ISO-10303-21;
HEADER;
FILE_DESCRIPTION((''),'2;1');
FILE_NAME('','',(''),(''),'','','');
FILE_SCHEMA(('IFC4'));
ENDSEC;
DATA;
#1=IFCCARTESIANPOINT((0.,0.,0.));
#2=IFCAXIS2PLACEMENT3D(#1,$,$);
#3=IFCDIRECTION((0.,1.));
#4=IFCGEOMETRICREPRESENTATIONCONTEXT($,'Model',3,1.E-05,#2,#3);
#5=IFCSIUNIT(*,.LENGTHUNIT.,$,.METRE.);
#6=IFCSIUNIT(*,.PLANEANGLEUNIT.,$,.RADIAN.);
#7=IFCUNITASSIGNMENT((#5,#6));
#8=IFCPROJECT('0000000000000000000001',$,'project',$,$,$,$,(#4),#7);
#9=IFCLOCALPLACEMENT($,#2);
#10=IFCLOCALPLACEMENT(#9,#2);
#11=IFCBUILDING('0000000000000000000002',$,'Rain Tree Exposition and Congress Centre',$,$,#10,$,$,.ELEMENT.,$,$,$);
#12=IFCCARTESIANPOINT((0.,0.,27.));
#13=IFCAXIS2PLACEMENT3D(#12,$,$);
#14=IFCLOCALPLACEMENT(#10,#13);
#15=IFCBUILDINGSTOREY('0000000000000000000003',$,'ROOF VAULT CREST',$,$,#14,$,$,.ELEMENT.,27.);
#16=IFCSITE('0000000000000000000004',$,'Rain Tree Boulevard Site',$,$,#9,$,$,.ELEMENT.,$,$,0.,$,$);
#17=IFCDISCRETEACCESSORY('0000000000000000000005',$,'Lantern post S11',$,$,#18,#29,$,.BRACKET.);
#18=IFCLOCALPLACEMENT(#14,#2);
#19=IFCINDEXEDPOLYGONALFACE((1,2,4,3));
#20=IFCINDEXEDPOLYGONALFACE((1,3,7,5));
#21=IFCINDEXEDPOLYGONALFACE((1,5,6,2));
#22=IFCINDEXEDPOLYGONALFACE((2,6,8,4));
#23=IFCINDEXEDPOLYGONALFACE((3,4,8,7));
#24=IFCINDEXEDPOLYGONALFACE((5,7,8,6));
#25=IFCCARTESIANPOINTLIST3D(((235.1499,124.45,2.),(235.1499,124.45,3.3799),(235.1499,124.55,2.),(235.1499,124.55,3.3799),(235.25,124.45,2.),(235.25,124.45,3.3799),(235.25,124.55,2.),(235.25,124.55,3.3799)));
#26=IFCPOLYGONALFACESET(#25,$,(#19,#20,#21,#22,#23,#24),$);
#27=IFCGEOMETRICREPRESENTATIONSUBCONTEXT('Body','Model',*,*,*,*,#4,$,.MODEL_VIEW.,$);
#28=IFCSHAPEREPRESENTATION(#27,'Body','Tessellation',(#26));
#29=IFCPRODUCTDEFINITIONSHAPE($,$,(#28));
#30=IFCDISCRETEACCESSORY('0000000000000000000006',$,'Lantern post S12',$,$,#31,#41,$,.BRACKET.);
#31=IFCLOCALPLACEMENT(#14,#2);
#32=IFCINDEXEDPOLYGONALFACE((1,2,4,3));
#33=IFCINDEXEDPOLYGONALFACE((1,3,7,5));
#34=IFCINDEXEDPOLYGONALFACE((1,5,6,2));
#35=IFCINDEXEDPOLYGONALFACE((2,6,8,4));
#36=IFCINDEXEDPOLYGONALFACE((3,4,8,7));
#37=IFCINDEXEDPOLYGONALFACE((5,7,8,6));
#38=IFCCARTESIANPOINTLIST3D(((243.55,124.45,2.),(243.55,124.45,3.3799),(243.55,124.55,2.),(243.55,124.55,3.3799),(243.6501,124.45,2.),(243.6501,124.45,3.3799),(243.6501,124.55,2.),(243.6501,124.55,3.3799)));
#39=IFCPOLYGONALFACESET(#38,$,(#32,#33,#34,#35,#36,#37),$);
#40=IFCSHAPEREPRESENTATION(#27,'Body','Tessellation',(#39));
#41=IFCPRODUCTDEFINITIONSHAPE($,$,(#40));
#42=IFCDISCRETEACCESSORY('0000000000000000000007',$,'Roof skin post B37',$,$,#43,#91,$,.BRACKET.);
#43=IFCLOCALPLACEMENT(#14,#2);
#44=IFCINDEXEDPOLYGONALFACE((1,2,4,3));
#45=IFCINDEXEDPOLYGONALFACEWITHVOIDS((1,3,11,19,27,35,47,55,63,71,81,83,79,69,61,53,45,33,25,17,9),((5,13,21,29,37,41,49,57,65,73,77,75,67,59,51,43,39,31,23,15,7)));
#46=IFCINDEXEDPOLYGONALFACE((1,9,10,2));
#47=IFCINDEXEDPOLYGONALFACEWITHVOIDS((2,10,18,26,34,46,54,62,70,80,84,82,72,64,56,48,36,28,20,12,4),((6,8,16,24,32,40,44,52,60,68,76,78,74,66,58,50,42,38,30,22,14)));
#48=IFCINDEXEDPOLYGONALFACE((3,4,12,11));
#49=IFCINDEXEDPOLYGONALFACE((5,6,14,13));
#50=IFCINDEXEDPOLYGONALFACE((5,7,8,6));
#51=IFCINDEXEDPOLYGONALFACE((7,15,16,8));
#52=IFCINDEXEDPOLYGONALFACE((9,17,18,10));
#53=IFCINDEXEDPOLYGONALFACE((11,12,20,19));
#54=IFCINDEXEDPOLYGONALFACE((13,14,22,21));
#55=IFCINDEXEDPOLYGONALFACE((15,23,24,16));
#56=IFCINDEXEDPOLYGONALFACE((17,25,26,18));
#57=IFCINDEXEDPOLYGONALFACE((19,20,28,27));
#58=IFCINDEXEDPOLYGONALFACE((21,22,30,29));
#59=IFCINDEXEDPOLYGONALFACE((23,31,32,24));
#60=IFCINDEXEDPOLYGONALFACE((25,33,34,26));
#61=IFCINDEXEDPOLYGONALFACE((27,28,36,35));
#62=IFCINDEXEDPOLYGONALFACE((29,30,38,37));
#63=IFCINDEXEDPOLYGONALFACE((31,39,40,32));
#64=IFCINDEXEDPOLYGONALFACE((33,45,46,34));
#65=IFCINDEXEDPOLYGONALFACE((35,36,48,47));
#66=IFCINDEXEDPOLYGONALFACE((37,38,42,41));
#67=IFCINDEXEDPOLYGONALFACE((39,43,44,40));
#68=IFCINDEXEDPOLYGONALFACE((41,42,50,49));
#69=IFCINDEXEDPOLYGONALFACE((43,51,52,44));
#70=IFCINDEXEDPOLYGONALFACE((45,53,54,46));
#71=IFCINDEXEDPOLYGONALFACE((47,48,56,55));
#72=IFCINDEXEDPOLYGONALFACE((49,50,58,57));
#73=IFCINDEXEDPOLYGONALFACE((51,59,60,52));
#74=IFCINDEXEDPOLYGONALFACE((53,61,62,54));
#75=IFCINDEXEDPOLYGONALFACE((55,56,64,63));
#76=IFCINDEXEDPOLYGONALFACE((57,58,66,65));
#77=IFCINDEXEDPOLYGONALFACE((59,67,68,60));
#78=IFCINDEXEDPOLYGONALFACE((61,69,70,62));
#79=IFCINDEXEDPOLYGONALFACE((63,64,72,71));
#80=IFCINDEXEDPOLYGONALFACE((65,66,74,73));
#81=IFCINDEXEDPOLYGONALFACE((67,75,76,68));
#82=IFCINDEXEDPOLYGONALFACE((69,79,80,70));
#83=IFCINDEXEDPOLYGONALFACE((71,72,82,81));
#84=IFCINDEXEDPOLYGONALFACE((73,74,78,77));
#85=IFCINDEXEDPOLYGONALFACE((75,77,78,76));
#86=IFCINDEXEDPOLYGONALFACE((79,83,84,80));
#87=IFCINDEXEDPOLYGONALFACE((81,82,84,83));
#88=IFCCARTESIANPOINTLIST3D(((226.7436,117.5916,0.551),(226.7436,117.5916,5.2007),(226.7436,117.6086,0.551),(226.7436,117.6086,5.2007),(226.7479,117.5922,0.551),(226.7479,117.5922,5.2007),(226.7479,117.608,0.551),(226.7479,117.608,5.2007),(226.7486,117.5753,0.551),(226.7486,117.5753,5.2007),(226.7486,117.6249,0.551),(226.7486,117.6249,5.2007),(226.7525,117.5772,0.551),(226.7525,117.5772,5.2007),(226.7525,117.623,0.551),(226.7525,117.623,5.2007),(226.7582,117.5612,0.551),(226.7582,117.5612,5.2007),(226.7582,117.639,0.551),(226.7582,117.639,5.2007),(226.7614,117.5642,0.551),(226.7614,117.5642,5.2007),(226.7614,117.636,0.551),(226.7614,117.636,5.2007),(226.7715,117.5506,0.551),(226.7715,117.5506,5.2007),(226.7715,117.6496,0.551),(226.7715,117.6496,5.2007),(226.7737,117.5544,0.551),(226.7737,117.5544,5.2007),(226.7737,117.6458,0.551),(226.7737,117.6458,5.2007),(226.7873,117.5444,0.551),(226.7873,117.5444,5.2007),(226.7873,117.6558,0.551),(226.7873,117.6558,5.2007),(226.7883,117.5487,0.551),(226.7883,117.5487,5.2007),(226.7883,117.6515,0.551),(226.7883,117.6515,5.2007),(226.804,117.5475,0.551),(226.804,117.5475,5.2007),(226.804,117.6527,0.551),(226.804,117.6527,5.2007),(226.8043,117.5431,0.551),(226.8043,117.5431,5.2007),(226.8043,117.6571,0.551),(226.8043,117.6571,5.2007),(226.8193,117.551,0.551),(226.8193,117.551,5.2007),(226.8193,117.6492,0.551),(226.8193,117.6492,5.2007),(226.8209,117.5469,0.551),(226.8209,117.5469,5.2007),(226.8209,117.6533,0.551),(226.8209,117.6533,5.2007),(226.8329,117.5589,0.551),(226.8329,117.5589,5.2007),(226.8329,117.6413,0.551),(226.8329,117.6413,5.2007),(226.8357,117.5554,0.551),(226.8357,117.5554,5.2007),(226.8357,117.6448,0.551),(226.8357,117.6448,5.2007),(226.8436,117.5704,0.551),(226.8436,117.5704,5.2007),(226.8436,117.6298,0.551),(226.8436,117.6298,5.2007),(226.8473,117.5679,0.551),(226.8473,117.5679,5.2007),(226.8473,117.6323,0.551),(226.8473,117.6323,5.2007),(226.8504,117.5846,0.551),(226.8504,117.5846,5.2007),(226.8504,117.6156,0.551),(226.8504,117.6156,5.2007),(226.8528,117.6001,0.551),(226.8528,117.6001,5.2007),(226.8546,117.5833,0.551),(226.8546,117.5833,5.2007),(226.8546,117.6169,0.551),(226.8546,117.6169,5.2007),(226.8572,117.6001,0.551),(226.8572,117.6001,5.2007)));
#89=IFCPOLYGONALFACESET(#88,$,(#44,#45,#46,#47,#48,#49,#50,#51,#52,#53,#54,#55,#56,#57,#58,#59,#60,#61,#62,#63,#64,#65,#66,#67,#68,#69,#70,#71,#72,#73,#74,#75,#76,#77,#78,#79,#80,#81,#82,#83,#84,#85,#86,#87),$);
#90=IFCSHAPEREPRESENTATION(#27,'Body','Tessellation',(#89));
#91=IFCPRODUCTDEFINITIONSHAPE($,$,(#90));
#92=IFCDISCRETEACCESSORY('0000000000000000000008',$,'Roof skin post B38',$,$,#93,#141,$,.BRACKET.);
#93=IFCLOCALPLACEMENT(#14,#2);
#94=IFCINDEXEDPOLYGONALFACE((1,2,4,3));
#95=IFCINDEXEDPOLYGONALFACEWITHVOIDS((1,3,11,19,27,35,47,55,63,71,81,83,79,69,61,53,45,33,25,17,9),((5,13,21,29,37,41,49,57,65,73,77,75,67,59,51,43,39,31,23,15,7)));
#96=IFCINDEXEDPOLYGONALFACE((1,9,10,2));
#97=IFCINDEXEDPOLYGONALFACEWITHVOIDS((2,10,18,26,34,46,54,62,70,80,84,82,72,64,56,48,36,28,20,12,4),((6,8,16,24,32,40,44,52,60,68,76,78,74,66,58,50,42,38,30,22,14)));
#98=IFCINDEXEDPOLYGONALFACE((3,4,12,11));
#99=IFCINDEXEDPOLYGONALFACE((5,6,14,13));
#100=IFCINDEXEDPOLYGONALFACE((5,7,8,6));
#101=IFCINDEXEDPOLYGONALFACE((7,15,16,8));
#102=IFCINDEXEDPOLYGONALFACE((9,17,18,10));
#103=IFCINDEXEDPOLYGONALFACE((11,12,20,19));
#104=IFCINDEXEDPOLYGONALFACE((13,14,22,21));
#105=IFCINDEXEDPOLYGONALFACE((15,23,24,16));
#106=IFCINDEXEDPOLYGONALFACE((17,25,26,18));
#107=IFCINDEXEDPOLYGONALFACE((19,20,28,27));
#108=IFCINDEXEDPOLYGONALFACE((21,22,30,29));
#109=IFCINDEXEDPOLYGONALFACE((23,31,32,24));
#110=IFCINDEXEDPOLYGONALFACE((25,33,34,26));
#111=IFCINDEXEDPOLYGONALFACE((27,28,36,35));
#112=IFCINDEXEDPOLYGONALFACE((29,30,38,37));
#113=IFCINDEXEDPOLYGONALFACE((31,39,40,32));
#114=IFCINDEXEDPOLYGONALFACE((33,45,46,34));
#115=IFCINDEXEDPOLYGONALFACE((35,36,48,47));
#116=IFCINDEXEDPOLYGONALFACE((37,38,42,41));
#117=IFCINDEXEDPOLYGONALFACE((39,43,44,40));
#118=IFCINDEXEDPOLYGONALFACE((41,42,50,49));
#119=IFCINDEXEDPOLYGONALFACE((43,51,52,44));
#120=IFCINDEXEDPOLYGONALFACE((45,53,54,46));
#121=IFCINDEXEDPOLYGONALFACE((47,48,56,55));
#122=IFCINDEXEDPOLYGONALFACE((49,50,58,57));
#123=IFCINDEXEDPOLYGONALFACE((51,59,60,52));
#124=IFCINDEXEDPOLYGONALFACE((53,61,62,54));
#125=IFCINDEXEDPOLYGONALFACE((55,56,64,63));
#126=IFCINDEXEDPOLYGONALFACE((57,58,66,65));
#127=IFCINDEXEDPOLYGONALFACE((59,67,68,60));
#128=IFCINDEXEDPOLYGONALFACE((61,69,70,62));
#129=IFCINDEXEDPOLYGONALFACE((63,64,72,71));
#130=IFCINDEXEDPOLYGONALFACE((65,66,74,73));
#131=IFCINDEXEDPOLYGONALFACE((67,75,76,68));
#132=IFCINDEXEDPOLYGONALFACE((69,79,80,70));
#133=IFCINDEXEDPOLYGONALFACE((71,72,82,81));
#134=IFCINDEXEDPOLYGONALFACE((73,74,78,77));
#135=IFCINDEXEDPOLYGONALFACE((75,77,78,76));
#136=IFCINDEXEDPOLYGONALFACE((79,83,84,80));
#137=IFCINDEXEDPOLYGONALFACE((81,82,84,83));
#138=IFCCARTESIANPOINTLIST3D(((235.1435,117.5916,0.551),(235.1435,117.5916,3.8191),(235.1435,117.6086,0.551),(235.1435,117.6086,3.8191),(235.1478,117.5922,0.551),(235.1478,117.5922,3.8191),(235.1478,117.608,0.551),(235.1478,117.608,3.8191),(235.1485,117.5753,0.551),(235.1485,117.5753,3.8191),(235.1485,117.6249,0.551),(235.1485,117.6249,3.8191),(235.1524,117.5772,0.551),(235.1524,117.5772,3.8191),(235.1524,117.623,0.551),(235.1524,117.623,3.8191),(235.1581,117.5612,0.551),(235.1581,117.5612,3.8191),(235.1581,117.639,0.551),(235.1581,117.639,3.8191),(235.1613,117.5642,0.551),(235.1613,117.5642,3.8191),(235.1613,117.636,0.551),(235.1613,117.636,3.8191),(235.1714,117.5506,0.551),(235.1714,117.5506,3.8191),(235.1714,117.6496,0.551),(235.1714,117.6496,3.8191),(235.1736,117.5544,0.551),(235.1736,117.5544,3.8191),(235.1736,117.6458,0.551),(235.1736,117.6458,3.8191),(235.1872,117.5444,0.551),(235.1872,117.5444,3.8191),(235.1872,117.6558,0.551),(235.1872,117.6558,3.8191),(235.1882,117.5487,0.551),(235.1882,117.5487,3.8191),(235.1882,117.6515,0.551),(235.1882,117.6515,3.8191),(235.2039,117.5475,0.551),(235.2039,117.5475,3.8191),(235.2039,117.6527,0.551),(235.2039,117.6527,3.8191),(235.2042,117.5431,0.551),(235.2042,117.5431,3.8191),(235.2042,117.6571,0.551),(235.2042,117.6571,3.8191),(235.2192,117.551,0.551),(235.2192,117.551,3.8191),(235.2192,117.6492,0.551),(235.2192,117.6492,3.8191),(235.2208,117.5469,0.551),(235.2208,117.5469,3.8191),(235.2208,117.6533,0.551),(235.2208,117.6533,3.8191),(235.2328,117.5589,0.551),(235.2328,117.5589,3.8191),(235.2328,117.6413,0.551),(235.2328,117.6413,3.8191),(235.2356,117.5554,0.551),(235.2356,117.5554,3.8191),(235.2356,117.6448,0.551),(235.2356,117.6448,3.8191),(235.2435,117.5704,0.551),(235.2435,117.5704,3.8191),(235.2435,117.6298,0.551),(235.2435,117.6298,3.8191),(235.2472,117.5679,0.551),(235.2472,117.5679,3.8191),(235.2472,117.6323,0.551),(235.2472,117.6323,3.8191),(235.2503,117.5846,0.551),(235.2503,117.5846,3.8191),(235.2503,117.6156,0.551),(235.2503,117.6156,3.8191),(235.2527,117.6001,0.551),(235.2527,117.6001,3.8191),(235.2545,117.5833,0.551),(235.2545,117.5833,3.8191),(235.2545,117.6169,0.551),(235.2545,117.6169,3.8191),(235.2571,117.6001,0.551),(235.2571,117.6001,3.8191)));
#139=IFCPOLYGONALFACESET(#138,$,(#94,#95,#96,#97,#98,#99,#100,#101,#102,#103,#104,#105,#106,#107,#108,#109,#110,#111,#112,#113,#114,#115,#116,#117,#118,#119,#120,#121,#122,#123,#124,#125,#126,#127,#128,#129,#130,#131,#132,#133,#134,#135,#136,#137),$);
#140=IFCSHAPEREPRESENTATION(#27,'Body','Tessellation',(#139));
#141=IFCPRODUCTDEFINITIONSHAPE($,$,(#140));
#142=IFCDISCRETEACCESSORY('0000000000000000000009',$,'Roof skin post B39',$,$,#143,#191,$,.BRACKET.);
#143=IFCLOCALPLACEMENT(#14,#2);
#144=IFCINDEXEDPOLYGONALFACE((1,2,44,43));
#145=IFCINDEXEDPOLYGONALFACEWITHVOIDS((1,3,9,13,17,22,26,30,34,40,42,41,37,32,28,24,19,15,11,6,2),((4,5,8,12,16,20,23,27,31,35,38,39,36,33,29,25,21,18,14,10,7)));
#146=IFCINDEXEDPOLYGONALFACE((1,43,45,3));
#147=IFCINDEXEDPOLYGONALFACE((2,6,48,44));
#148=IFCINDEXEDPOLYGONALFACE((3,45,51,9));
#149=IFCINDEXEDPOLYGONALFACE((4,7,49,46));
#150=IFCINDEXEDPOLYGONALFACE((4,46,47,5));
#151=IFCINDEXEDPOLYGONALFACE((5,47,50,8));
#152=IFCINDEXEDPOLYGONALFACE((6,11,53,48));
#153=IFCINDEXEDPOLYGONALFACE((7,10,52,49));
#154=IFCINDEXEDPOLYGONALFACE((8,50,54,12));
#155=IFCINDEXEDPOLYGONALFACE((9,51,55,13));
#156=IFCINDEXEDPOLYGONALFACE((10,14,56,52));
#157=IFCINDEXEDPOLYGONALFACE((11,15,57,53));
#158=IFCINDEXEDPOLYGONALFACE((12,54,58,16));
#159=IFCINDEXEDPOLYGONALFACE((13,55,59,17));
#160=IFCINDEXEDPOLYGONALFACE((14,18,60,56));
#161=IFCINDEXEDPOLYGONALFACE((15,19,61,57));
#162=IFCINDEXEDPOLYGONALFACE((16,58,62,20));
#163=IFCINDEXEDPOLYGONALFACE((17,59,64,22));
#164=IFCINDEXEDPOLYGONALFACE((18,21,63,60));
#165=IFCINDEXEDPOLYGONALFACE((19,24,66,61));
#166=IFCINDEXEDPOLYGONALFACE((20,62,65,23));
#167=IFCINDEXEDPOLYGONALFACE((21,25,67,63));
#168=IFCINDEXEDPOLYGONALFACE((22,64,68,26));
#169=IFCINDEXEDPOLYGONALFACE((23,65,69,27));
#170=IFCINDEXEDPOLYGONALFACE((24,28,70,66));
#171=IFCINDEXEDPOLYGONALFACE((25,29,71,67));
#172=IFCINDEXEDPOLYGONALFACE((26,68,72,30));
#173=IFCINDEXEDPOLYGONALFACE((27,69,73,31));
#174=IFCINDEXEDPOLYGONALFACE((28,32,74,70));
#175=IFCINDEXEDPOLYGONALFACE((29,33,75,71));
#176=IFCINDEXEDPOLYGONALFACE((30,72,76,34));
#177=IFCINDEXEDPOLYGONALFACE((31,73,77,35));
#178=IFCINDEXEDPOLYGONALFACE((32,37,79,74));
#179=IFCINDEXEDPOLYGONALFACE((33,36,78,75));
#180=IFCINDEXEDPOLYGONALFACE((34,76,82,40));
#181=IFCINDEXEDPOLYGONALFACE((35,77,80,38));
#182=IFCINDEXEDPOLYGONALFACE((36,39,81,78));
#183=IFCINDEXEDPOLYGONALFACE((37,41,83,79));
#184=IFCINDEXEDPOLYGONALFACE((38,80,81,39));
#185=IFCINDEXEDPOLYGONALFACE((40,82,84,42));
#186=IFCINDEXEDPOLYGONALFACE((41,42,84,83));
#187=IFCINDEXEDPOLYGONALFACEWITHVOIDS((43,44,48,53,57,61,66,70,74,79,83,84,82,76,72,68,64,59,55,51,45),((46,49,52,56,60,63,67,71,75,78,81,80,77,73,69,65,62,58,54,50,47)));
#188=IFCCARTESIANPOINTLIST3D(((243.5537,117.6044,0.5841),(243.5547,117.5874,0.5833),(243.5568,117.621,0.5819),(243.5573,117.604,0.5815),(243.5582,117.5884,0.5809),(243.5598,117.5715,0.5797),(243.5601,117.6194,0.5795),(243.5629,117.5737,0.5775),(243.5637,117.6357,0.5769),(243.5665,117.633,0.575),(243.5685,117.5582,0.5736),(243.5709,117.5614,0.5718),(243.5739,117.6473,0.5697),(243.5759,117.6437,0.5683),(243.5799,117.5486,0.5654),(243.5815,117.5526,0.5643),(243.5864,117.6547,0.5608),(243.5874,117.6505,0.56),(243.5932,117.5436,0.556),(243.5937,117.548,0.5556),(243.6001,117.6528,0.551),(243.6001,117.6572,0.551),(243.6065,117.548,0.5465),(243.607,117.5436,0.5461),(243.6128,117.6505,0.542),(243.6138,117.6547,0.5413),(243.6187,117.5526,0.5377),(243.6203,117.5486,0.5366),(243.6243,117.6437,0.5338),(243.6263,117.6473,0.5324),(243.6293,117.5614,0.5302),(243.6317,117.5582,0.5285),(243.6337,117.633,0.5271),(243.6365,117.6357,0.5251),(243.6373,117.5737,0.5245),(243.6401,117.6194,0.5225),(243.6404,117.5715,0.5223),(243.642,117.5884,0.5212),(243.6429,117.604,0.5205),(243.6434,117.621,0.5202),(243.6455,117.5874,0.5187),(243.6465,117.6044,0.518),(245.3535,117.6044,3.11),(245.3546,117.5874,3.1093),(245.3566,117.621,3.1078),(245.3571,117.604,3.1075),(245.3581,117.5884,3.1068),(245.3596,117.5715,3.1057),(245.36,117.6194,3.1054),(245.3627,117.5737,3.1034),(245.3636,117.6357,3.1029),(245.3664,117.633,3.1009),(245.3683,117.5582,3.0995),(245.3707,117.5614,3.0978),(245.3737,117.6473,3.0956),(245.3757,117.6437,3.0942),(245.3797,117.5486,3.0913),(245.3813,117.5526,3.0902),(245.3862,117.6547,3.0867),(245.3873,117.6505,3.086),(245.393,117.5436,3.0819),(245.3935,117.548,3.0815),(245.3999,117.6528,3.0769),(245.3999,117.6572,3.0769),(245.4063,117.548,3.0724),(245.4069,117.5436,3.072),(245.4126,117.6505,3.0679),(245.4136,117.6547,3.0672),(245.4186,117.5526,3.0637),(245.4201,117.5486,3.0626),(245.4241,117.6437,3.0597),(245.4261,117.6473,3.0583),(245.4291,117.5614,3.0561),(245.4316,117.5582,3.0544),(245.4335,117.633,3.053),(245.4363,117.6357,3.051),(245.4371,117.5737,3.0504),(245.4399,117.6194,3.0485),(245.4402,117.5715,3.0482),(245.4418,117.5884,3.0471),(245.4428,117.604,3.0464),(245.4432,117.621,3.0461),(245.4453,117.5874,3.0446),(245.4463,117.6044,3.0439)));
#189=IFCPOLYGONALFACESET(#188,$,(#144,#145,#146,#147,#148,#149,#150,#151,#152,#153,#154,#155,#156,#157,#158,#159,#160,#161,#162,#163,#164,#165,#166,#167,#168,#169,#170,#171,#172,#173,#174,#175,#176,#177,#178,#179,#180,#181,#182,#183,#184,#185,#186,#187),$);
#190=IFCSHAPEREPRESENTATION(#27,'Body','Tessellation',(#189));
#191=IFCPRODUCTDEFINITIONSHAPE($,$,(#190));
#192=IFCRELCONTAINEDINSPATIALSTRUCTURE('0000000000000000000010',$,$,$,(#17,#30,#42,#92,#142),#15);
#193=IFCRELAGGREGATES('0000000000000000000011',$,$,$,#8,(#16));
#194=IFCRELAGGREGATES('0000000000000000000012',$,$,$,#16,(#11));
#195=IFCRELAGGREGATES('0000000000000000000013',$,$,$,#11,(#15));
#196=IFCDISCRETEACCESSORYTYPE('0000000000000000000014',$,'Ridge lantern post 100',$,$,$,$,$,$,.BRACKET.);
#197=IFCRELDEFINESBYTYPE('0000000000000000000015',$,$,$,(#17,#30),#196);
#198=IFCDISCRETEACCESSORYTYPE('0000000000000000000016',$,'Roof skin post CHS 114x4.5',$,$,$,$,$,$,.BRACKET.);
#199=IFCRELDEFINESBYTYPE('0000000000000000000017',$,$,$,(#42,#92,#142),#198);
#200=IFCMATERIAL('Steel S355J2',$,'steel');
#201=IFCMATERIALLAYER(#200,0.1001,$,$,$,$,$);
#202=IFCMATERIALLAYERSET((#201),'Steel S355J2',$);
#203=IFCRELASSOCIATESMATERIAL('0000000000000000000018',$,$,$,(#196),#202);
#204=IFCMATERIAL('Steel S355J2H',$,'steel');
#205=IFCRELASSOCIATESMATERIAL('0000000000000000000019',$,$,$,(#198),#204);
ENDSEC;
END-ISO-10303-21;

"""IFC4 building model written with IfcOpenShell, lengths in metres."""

from ifc_helpers import new_model, si_unit, direction, frame, origin, origin_2d, place, context, subcontext, project, spatial, rectangle, hollow_circle, extrude, material, layer, layer_set, material_profile, profile_set, type_object, element, save


model = new_model("IFC4")

# Units and contexts
model_context = context("Model", 3, precision=1e-05, world=origin(), true_north=direction((0.0, 1.0)))
body_context = subcontext(model_context, "Body", "Model", "MODEL_VIEW")
ifc_project = project(units=[si_unit("LENGTHUNIT", "METRE"), si_unit("PLANEANGLEUNIT", "RADIAN")], contexts=[model_context])

# Site, building, storey
site_placement = place(None, origin())
site = spatial("IfcSite", under=ifc_project, at=site_placement, Name="Rain Tree Boulevard Site", CompositionType="ELEMENT", RefElevation=0.0)
building_placement = place(site_placement, origin())
building = spatial("IfcBuilding", under=site, at=building_placement, Name="Rain Tree Exposition and Congress Centre", CompositionType="ELEMENT")
storey_placement = place(building_placement, frame((0.0, 0.0, 27.0)))
storey = spatial("IfcBuildingStorey", under=building, at=storey_placement, Name="ROOF VAULT CREST", CompositionType="ELEMENT", Elevation=27.0)

# Discrete accessories
ifc_material_1 = material(Name="Steel S355J2", Category="steel")
ifc_layer_1 = layer(ifc_material_1, 0.1001)
ifc_layer_set_1 = layer_set([ifc_layer_1], Name="Steel S355J2")
discrete_accessory_type_1 = type_object("IfcDiscreteAccessoryType", Name="Ridge lantern post 100", PredefinedType="BRACKET", material=ifc_layer_set_1)
for number, where, z_axis, x_axis, name in (
    (1, (235.2, 124.5, 2.0), (0.0, 0.0, 1.0), (1.0, 0.0, 0.0), "Lantern post S11"),
    (2, (243.6001, 124.5, 2.0), (0.0, 0.0, 1.0), (1.0, 0.0, 0.0), "Lantern post S12"),
):
    element("IfcDiscreteAccessory", number, at=place(storey_placement, frame(where, z_axis=z_axis, x_axis=x_axis)), inside=storey, type_object=discrete_accessory_type_1, Name=name, PredefinedType="BRACKET", context=body_context, shape_type="SweptSolid", body=[
        extrude(rectangle(XDim=0.1001, YDim=0.1001, at=origin_2d()), origin(), (0.0, 0.0, 1.0), 1.3799),
    ])
ifc_material_2 = material(Name="Steel S355J2H", Category="steel")
ifc_material_profile_1 = material_profile(ifc_material_2, hollow_circle(Radius=0.0571, WallThickness=0.0044, at=origin_2d()), Name="CHS 114x4.5")
ifc_profile_set_1 = profile_set([ifc_material_profile_1], Name="Steel S355J2H")
discrete_accessory_type_2 = type_object("IfcDiscreteAccessoryType", Name="Roof skin post CHS 114x4.5", PredefinedType="BRACKET", material=ifc_profile_set_1)
discrete_accessory_1_placement = place(storey_placement, frame((226.8, 117.6001, 0.551), z_axis=(0.0, 0.0, 1.0), x_axis=(1.0, 0.0, 0.0)))
element("IfcDiscreteAccessory", 3, at=discrete_accessory_1_placement, inside=storey, type_object=discrete_accessory_type_2, Name="Roof skin post B37", PredefinedType="BRACKET", context=body_context, shape_type="SweptSolid", body=[
    extrude(hollow_circle(Radius=0.0571, WallThickness=0.0044, at=origin_2d()), origin(), (0.0, 0.0, 1.0), 4.6497),
])
discrete_accessory_2_placement = place(storey_placement, frame((235.2, 117.6001, 0.551), z_axis=(0.0, 0.0, 1.0), x_axis=(1.0, 0.0, 0.0)))
element("IfcDiscreteAccessory", 4, at=discrete_accessory_2_placement, inside=storey, type_object=discrete_accessory_type_2, Name="Roof skin post B38", PredefinedType="BRACKET", context=body_context, shape_type="SweptSolid", body=[
    extrude(hollow_circle(Radius=0.0571, WallThickness=0.0044, at=origin_2d()), origin(), (0.0, 0.0, 1.0), 3.2681),
])
discrete_accessory_3_placement = place(storey_placement, frame((243.6001, 117.6001, 0.551), z_axis=(0.5803, 0.0, 0.814403), x_axis=(0.0, 1.0, 0.0)))
element("IfcDiscreteAccessory", 5, at=discrete_accessory_3_placement, inside=storey, type_object=discrete_accessory_type_2, Name="Roof skin post B39", PredefinedType="BRACKET", context=body_context, shape_type="SweptSolid", body=[
    extrude(hollow_circle(Radius=0.0571, WallThickness=0.0044, at=origin_2d()), origin(), (0.0, 0.0, 1.0), 3.1016),
])

save(model, "model.ifc")
